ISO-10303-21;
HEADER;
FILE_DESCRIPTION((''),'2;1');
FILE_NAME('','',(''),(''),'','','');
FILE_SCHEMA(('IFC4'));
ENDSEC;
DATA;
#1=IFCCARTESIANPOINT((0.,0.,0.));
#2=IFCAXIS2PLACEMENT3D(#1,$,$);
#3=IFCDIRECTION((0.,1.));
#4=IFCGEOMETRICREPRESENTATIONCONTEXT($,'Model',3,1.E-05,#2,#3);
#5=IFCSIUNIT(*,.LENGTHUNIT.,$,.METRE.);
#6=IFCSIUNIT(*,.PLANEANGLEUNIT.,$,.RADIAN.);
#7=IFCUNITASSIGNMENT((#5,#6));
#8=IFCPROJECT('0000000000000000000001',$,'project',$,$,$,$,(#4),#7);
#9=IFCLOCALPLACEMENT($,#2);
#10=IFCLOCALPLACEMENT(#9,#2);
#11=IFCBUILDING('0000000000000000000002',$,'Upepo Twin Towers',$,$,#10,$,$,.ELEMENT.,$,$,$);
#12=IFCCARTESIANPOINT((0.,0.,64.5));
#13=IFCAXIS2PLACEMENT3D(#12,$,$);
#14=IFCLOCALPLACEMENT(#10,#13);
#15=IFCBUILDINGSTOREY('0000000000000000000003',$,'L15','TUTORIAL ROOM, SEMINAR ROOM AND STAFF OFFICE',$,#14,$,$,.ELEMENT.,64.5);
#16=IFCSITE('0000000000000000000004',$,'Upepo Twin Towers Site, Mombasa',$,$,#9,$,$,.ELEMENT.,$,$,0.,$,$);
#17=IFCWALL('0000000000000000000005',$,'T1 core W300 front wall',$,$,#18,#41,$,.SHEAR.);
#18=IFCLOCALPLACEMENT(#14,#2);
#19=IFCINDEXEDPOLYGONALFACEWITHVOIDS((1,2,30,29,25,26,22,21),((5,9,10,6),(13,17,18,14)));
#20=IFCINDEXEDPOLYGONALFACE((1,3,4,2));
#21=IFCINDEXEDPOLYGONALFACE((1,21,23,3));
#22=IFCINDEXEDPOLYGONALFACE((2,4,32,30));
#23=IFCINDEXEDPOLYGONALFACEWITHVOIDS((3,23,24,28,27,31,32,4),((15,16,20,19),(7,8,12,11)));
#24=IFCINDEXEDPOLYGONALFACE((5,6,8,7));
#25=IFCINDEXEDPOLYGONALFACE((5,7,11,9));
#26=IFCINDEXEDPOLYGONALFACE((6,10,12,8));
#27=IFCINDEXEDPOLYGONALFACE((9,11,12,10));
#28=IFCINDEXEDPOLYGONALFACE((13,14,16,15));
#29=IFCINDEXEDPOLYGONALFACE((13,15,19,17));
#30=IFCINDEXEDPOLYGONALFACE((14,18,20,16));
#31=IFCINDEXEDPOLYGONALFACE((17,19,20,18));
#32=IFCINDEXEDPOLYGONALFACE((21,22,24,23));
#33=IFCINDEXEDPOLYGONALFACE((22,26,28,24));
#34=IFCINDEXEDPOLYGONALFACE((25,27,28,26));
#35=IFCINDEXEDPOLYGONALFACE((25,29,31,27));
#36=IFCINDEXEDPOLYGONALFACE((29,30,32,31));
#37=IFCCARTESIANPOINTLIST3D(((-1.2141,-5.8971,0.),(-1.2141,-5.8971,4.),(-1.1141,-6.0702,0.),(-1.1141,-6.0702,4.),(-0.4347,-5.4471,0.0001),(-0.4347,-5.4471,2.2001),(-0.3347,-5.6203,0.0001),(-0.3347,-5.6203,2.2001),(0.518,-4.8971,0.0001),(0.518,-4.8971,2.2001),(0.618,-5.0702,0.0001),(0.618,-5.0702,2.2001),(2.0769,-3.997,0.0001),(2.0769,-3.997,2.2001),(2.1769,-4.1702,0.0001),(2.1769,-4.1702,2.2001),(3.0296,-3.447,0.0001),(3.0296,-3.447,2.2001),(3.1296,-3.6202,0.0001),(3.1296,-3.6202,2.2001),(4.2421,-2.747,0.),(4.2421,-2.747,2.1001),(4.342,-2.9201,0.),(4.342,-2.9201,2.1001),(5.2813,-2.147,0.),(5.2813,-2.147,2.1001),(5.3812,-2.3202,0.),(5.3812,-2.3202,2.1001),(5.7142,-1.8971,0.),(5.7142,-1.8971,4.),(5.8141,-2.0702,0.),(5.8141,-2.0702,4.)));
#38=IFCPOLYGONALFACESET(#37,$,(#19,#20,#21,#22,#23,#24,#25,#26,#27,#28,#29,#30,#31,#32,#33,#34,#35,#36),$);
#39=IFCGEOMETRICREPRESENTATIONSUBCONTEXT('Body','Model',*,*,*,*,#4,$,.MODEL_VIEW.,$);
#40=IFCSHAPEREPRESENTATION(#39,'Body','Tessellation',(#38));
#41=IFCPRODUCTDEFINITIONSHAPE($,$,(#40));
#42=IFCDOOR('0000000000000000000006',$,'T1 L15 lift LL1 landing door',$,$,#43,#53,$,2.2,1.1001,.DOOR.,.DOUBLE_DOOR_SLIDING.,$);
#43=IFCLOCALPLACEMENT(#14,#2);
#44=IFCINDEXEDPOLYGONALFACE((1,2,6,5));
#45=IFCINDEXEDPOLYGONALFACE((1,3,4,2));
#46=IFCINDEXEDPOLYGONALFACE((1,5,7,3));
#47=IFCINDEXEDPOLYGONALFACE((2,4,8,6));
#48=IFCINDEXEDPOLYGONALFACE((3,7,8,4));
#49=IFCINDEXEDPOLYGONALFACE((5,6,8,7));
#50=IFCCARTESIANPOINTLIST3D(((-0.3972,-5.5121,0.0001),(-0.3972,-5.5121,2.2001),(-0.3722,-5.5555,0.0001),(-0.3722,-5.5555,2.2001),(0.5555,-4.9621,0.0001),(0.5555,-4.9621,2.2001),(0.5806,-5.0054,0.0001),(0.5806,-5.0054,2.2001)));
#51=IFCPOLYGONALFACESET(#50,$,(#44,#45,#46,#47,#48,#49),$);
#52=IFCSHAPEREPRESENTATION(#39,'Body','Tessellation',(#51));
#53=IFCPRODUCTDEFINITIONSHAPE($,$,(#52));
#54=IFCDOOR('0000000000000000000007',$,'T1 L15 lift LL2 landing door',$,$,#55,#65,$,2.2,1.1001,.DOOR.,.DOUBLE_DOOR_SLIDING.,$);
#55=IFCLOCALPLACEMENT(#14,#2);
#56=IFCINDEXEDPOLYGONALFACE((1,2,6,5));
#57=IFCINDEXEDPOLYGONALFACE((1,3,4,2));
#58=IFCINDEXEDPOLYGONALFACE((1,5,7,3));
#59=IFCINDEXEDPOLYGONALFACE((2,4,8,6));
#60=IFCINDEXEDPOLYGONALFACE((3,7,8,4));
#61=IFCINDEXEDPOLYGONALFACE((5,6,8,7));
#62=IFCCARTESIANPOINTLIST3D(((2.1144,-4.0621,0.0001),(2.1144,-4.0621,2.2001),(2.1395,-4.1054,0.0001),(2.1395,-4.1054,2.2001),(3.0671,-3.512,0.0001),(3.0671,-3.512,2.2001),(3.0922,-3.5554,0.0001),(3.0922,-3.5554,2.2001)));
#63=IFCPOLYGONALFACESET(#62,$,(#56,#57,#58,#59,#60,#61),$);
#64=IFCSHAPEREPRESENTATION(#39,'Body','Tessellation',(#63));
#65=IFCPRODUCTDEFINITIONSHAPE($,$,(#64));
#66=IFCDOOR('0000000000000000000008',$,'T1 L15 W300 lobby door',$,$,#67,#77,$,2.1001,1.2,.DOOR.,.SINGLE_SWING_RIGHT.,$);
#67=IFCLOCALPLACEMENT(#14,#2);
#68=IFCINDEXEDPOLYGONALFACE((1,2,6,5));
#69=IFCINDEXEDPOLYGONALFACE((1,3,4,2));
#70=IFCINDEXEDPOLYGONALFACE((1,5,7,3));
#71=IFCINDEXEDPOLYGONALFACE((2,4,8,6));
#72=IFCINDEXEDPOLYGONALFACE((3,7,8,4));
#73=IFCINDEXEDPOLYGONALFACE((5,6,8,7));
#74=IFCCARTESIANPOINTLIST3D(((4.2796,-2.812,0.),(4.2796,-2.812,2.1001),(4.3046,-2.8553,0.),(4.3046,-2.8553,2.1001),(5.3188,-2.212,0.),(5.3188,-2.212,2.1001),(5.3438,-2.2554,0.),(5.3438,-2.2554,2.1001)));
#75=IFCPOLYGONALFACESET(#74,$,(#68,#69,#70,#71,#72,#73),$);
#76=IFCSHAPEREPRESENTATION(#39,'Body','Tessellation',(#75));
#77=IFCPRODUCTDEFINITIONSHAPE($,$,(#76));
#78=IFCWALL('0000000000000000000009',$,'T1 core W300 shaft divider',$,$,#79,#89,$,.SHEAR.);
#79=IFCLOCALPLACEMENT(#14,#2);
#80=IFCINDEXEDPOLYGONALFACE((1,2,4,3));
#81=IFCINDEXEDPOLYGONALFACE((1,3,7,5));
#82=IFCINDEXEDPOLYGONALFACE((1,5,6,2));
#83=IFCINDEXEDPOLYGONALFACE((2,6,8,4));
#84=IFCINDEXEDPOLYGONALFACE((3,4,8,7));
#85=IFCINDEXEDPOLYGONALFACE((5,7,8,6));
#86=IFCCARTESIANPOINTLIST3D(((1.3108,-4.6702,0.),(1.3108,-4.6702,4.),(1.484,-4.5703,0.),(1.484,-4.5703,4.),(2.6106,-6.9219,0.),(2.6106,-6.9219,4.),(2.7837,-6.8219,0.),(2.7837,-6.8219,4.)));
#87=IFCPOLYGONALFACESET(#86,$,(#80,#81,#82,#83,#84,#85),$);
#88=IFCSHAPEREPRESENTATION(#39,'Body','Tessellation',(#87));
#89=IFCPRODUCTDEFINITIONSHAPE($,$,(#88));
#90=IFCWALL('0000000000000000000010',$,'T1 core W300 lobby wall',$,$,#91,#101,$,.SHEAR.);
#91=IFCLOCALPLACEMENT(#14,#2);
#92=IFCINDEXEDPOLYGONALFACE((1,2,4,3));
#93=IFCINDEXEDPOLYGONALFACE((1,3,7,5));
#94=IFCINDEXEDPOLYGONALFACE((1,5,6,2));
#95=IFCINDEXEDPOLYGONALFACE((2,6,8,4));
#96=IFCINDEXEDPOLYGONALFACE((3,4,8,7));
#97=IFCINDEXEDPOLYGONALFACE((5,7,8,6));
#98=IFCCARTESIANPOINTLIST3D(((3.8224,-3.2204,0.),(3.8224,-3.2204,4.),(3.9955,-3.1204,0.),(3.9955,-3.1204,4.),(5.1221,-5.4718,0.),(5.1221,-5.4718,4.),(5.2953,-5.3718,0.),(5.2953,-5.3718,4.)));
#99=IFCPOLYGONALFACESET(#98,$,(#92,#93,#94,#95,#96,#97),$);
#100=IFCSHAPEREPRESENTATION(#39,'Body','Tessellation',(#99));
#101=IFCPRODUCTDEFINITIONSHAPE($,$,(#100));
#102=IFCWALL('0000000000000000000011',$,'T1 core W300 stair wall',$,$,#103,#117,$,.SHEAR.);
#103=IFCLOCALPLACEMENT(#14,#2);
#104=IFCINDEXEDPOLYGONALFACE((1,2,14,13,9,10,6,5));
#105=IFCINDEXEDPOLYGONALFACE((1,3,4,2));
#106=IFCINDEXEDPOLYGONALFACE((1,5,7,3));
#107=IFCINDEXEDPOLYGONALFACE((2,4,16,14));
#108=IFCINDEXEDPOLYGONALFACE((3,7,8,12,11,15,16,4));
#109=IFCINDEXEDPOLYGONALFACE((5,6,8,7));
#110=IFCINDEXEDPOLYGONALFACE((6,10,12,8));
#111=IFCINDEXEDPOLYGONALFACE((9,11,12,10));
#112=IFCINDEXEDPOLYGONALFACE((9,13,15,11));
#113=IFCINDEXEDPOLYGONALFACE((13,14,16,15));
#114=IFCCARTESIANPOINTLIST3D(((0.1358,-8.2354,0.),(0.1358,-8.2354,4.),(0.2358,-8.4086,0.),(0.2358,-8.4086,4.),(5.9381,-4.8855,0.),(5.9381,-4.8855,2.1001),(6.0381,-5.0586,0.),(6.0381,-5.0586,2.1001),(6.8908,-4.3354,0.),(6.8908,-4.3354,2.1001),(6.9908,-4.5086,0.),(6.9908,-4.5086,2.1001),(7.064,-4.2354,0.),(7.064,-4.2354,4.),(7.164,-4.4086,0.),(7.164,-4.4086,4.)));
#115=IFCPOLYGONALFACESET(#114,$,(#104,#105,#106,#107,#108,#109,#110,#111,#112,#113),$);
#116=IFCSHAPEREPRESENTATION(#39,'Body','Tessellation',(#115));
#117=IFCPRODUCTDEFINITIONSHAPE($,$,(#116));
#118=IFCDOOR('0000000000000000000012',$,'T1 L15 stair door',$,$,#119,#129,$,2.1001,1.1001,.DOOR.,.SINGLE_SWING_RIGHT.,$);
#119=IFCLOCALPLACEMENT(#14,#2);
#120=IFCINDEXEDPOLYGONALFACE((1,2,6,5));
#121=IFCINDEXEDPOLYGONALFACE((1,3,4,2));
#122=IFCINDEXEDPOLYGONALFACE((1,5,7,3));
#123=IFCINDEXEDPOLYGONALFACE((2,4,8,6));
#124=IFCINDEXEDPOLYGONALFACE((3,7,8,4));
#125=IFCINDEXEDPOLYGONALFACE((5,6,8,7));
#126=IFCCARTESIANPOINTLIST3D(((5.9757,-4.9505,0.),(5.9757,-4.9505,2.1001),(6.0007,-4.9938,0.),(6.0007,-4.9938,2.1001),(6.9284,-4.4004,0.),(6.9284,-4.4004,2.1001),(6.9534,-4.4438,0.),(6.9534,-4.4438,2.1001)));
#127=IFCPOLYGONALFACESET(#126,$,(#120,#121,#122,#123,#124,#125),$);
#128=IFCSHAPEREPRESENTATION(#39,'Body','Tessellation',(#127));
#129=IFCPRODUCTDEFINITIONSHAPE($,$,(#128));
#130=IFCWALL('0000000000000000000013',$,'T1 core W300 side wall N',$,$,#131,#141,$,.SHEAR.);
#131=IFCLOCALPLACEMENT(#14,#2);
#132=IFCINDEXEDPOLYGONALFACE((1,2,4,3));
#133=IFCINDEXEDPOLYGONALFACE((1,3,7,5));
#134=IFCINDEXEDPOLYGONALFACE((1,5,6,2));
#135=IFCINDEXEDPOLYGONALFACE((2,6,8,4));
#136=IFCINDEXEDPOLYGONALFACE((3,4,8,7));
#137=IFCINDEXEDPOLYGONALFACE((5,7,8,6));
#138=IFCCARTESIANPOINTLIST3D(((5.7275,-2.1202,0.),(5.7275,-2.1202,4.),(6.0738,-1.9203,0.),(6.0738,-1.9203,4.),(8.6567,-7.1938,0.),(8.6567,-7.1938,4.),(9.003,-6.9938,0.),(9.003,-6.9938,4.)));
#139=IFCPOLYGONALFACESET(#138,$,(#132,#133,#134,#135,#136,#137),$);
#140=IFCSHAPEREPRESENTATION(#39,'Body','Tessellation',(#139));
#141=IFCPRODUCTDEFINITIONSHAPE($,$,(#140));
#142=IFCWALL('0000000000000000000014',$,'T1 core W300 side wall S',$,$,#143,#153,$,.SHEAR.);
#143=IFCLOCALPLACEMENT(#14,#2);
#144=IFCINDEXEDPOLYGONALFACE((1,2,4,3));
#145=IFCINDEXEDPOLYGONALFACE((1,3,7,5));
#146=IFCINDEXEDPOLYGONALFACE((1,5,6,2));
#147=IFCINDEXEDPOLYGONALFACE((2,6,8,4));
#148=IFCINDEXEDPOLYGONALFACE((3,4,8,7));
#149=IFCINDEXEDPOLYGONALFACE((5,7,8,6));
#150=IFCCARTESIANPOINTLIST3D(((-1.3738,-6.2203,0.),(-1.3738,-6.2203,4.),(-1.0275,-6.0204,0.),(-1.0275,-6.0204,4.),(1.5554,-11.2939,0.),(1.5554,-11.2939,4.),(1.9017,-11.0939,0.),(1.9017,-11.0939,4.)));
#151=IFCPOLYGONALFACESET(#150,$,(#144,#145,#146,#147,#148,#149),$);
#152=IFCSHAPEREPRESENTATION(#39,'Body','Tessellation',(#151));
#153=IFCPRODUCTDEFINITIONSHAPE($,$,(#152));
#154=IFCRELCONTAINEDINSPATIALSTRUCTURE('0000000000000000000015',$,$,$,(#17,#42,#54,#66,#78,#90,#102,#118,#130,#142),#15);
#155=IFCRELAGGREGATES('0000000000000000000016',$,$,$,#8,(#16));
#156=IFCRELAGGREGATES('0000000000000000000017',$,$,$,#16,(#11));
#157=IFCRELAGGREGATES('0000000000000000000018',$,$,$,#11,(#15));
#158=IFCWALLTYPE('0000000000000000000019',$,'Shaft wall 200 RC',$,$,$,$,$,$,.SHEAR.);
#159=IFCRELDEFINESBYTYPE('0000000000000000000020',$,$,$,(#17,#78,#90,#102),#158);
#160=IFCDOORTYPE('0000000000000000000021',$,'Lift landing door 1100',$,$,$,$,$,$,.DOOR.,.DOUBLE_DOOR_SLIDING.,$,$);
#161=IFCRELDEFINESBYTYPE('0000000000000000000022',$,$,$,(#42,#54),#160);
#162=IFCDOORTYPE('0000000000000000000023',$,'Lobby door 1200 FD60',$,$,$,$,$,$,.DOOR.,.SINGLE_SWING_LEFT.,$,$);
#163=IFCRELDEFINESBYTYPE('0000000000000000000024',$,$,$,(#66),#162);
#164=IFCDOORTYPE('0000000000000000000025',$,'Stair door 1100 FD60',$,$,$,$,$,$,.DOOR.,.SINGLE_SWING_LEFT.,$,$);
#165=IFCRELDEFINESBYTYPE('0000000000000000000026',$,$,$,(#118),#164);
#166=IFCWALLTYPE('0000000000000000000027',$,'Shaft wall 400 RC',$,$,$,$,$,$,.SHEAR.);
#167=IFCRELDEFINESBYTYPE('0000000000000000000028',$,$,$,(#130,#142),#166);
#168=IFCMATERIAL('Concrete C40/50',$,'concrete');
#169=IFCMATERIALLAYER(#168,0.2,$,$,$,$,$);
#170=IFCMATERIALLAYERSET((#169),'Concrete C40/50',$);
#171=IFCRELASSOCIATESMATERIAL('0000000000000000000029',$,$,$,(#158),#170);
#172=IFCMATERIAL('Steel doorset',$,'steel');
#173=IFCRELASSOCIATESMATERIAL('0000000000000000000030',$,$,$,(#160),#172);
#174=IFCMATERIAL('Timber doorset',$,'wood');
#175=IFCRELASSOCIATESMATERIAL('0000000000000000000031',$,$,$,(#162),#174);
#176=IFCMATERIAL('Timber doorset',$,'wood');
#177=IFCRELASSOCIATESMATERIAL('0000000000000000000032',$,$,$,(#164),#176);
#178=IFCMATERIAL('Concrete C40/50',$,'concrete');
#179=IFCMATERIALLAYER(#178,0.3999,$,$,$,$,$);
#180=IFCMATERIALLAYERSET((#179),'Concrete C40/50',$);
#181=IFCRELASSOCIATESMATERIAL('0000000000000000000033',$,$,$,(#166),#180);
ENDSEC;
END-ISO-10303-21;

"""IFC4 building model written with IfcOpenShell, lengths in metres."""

from ifc_helpers import new_model, si_unit, direction, frame, frame_2d, origin, place, context, subcontext, project, spatial, rectangle, extrude, material, layer, layer_set, type_object, element, fill, save


model = new_model("IFC4")

# Units and contexts
model_context = context("Model", 3, precision=1e-05, world=origin(), true_north=direction((0.0, 1.0)))
body_context = subcontext(model_context, "Body", "Model", "MODEL_VIEW")
ifc_project = project(units=[si_unit("LENGTHUNIT", "METRE"), si_unit("PLANEANGLEUNIT", "RADIAN")], contexts=[model_context])

# Site, building, storey
site_placement = place(None, origin())
site = spatial("IfcSite", under=ifc_project, at=site_placement, Name="Upepo Twin Towers Site, Mombasa", CompositionType="ELEMENT", RefElevation=0.0)
building_placement = place(site_placement, origin())
building = spatial("IfcBuilding", under=site, at=building_placement, Name="Upepo Twin Towers", CompositionType="ELEMENT")
storey_placement = place(building_placement, frame((0.0, 0.0, 64.5)))
storey = spatial("IfcBuildingStorey", under=building, at=storey_placement, Name="L15", Description="TUTORIAL ROOM, SEMINAR ROOM AND STAFF OFFICE", CompositionType="ELEMENT", Elevation=64.5)

# Wall, openings, doors
ifc_material_1 = material(Name="Concrete C40/50", Category="concrete")
ifc_layer_1 = layer(ifc_material_1, 0.2)
ifc_layer_set_1 = layer_set([ifc_layer_1], Name="Concrete C40/50")
wall_type_1 = type_object("IfcWallType", Name="Shaft wall 200 RC", PredefinedType="SHEAR", material=ifc_layer_set_1)
wall_1_placement = place(storey_placement, frame((-1.1641, -5.9836, 0.0), z_axis=(0.0, 0.0, 1.0), x_axis=(0.866026, 0.499999, 0.0)))
wall_1 = element("IfcWall", 1, at=wall_1_placement, inside=storey, type_object=wall_type_1, Name="T1 core W300 front wall", PredefinedType="SHEAR", context=body_context, shape_type="SweptSolid", body=[
    extrude(rectangle(XDim=8.0, YDim=0.2, at=frame_2d((4.0, 0.0))), origin(), (0.0, 0.0, 1.0), 4.0),
])
opening_1_placement = place(wall_1_placement, frame((6.3, 0.0, 0.0)))
opening_1 = element("IfcOpeningElement", 2, at=opening_1_placement, cuts=wall_1, PredefinedType="OPENING", context=body_context, shape_type="SweptSolid", body=[
    extrude(rectangle(XDim=1.2, YDim=2.1001, at=frame_2d((0.6001, 1.05))), frame((0.0, 0.1099, 0.0), z_axis=(0.0, -1.0, 0.0), x_axis=(1.0, 0.0, 0.0)), (0.0, 0.0, 1.0), 0.22),
])
opening_2_placement = place(wall_1_placement, frame((0.8999, 0.0, 0.0)))
opening_2 = element("IfcOpeningElement", 3, at=opening_2_placement, cuts=wall_1, PredefinedType="OPENING", context=body_context, shape_type="SweptSolid", body=[
    extrude(rectangle(XDim=1.1001, YDim=2.2, at=frame_2d((0.55, 1.1001))), frame((0.0, 0.1099, 0.0), z_axis=(0.0, -1.0, 0.0), x_axis=(1.0, 0.0, 0.0)), (0.0, 0.0, 1.0), 0.22),
])
opening_3_placement = place(wall_1_placement, frame((3.8, 0.0, 0.0)))
opening_3 = element("IfcOpeningElement", 4, at=opening_3_placement, cuts=wall_1, PredefinedType="OPENING", context=body_context, shape_type="SweptSolid", body=[
    extrude(rectangle(XDim=1.1001, YDim=2.2, at=frame_2d((0.55, 1.1001))), frame((0.0, 0.1099, 0.0), z_axis=(0.0, -1.0, 0.0), x_axis=(1.0, 0.0, 0.0)), (0.0, 0.0, 1.0), 0.22),
])
ifc_material_2 = material(Name="Steel doorset", Category="steel")
door_type_1 = type_object("IfcDoorType", Name="Lift landing door 1100", OperationType="DOUBLE_DOOR_SLIDING", PredefinedType="DOOR", material=ifc_material_2)
door_1_placement = place(opening_2_placement, origin())
door_1 = element("IfcDoor", 5, at=door_1_placement, inside=storey, type_object=door_type_1, Name="T1 L15 lift LL1 landing door", OperationType="DOUBLE_DOOR_SLIDING", OverallHeight=2.2, OverallWidth=1.1001, PredefinedType="DOOR", context=body_context, shape_type="SweptSolid", body=[
    extrude(rectangle(XDim=1.1001, YDim=2.2, at=frame_2d((0.55, 1.1001))), frame((0.0, 0.0249, 0.0), z_axis=(0.0, -1.0, 0.0), x_axis=(1.0, 0.0, 0.0)), (0.0, 0.0, 1.0), 0.05),
])
fill(opening_2, door_1)
door_2_placement = place(opening_3_placement, origin())
door_2 = element("IfcDoor", 6, at=door_2_placement, inside=storey, type_object=door_type_1, Name="T1 L15 lift LL2 landing door", OperationType="DOUBLE_DOOR_SLIDING", OverallHeight=2.2, OverallWidth=1.1001, PredefinedType="DOOR", context=body_context, shape_type="SweptSolid", body=[
    extrude(rectangle(XDim=1.1001, YDim=2.2, at=frame_2d((0.55, 1.1001))), frame((0.0, 0.0249, 0.0), z_axis=(0.0, -1.0, 0.0), x_axis=(1.0, 0.0, 0.0)), (0.0, 0.0, 1.0), 0.05),
])
fill(opening_3, door_2)
ifc_material_3 = material(Name="Timber doorset", Category="wood")
door_type_2 = type_object("IfcDoorType", Name="Lobby door 1200 FD60", OperationType="SINGLE_SWING_LEFT", PredefinedType="DOOR", material=ifc_material_3)
door_3_placement = place(opening_1_placement, origin())
door_3 = element("IfcDoor", 7, at=door_3_placement, inside=storey, type_object=door_type_2, Name="T1 L15 W300 lobby door", OperationType="SINGLE_SWING_RIGHT", OverallHeight=2.1001, OverallWidth=1.2, PredefinedType="DOOR", context=body_context, shape_type="SweptSolid", body=[
    extrude(rectangle(XDim=1.2, YDim=2.1001, at=frame_2d((0.6001, 1.05))), frame((0.0, 0.0249, 0.0), z_axis=(0.0, -1.0, 0.0), x_axis=(1.0, 0.0, 0.0)), (0.0, 0.0, 1.0), 0.05),
])
fill(opening_1, door_3)

# Walls
wall_2_placement = place(storey_placement, frame((1.3975, -4.6204, 0.0), z_axis=(0.0, 0.0, 1.0), x_axis=(0.499937, -0.866062, 0.0)))
element("IfcWall", 8, at=wall_2_placement, inside=storey, type_object=wall_type_1, Name="T1 core W300 shaft divider", PredefinedType="SHEAR", context=body_context, shape_type="SweptSolid", body=[
    extrude(rectangle(XDim=2.5999, YDim=0.2, at=frame_2d((1.2998, 0.0))), origin(), (0.0, 0.0, 1.0), 4.0),
])
wall_3_placement = place(storey_placement, frame((3.9089, -3.1704, 0.0), z_axis=(0.0, 0.0, 1.0), x_axis=(0.499977, -0.866039, 0.0)))
element("IfcWall", 9, at=wall_3_placement, inside=storey, type_object=wall_type_1, Name="T1 core W300 lobby wall", PredefinedType="SHEAR", context=body_context, shape_type="SweptSolid", body=[
    extrude(rectangle(XDim=2.5996, YDim=0.2, at=frame_2d((1.2998, 0.0))), origin(), (0.0, 0.0, 1.0), 4.0),
])

# Wall, opening, door
wall_4_placement = place(storey_placement, frame((0.1858, -8.322, 0.0), z_axis=(0.0, 0.0, 1.0), x_axis=(0.866026, 0.499999, 0.0)))
wall_4 = element("IfcWall", 10, at=wall_4_placement, inside=storey, type_object=wall_type_1, Name="T1 core W300 stair wall", PredefinedType="SHEAR", context=body_context, shape_type="SweptSolid", body=[
    extrude(rectangle(XDim=8.0, YDim=0.2, at=frame_2d((4.0, 0.0))), origin(), (0.0, 0.0, 1.0), 4.0),
])
opening_4_placement = place(wall_4_placement, frame((6.7, 0.0, 0.0)))
opening_4 = element("IfcOpeningElement", 11, at=opening_4_placement, cuts=wall_4, PredefinedType="OPENING", context=body_context, shape_type="SweptSolid", body=[
    extrude(rectangle(XDim=1.1001, YDim=2.1001, at=frame_2d((0.55, 1.05))), frame((0.0, 0.1099, 0.0), z_axis=(0.0, -1.0, 0.0), x_axis=(1.0, 0.0, 0.0)), (0.0, 0.0, 1.0), 0.22),
])
ifc_material_4 = material(Name="Timber doorset", Category="wood")
door_type_3 = type_object("IfcDoorType", Name="Stair door 1100 FD60", OperationType="SINGLE_SWING_LEFT", PredefinedType="DOOR", material=ifc_material_4)
door_4_placement = place(opening_4_placement, origin())
door_4 = element("IfcDoor", 12, at=door_4_placement, inside=storey, type_object=door_type_3, Name="T1 L15 stair door", OperationType="SINGLE_SWING_RIGHT", OverallHeight=2.1001, OverallWidth=1.1001, PredefinedType="DOOR", context=body_context, shape_type="SweptSolid", body=[
    extrude(rectangle(XDim=1.1001, YDim=2.1001, at=frame_2d((0.55, 1.05))), frame((0.0, 0.0249, 0.0), z_axis=(0.0, -1.0, 0.0), x_axis=(1.0, 0.0, 0.0)), (0.0, 0.0, 1.0), 0.05),
])
fill(opening_4, door_4)

# Walls
ifc_material_5 = material(Name="Concrete C40/50", Category="concrete")
ifc_layer_2 = layer(ifc_material_5, 0.3999)
ifc_layer_set_2 = layer_set([ifc_layer_2], Name="Concrete C40/50")
wall_type_2 = type_object("IfcWallType", Name="Shaft wall 400 RC", PredefinedType="SHEAR", material=ifc_layer_set_2)
for number, where, z_axis, x_axis, name in (
    (13, (5.9006, -2.0203, 0.0), (0.0, 0.0, 1.0), (0.500003, -0.866024, 0.0), "T1 core W300 side wall N"),
    (14, (-1.2007, -6.1204, 0.0), (0.0, 0.0, 1.0), (0.500003, -0.866024, 0.0), "T1 core W300 side wall S"),
):
    element("IfcWall", number, at=place(storey_placement, frame(where, z_axis=z_axis, x_axis=x_axis)), inside=storey, type_object=wall_type_2, Name=name, PredefinedType="SHEAR", context=body_context, shape_type="SweptSolid", body=[
        extrude(rectangle(XDim=5.8584, YDim=0.3999, at=frame_2d((2.9292, 0.0))), origin(), (0.0, 0.0, 1.0), 4.0),
    ])

save(model, "model.ifc")
